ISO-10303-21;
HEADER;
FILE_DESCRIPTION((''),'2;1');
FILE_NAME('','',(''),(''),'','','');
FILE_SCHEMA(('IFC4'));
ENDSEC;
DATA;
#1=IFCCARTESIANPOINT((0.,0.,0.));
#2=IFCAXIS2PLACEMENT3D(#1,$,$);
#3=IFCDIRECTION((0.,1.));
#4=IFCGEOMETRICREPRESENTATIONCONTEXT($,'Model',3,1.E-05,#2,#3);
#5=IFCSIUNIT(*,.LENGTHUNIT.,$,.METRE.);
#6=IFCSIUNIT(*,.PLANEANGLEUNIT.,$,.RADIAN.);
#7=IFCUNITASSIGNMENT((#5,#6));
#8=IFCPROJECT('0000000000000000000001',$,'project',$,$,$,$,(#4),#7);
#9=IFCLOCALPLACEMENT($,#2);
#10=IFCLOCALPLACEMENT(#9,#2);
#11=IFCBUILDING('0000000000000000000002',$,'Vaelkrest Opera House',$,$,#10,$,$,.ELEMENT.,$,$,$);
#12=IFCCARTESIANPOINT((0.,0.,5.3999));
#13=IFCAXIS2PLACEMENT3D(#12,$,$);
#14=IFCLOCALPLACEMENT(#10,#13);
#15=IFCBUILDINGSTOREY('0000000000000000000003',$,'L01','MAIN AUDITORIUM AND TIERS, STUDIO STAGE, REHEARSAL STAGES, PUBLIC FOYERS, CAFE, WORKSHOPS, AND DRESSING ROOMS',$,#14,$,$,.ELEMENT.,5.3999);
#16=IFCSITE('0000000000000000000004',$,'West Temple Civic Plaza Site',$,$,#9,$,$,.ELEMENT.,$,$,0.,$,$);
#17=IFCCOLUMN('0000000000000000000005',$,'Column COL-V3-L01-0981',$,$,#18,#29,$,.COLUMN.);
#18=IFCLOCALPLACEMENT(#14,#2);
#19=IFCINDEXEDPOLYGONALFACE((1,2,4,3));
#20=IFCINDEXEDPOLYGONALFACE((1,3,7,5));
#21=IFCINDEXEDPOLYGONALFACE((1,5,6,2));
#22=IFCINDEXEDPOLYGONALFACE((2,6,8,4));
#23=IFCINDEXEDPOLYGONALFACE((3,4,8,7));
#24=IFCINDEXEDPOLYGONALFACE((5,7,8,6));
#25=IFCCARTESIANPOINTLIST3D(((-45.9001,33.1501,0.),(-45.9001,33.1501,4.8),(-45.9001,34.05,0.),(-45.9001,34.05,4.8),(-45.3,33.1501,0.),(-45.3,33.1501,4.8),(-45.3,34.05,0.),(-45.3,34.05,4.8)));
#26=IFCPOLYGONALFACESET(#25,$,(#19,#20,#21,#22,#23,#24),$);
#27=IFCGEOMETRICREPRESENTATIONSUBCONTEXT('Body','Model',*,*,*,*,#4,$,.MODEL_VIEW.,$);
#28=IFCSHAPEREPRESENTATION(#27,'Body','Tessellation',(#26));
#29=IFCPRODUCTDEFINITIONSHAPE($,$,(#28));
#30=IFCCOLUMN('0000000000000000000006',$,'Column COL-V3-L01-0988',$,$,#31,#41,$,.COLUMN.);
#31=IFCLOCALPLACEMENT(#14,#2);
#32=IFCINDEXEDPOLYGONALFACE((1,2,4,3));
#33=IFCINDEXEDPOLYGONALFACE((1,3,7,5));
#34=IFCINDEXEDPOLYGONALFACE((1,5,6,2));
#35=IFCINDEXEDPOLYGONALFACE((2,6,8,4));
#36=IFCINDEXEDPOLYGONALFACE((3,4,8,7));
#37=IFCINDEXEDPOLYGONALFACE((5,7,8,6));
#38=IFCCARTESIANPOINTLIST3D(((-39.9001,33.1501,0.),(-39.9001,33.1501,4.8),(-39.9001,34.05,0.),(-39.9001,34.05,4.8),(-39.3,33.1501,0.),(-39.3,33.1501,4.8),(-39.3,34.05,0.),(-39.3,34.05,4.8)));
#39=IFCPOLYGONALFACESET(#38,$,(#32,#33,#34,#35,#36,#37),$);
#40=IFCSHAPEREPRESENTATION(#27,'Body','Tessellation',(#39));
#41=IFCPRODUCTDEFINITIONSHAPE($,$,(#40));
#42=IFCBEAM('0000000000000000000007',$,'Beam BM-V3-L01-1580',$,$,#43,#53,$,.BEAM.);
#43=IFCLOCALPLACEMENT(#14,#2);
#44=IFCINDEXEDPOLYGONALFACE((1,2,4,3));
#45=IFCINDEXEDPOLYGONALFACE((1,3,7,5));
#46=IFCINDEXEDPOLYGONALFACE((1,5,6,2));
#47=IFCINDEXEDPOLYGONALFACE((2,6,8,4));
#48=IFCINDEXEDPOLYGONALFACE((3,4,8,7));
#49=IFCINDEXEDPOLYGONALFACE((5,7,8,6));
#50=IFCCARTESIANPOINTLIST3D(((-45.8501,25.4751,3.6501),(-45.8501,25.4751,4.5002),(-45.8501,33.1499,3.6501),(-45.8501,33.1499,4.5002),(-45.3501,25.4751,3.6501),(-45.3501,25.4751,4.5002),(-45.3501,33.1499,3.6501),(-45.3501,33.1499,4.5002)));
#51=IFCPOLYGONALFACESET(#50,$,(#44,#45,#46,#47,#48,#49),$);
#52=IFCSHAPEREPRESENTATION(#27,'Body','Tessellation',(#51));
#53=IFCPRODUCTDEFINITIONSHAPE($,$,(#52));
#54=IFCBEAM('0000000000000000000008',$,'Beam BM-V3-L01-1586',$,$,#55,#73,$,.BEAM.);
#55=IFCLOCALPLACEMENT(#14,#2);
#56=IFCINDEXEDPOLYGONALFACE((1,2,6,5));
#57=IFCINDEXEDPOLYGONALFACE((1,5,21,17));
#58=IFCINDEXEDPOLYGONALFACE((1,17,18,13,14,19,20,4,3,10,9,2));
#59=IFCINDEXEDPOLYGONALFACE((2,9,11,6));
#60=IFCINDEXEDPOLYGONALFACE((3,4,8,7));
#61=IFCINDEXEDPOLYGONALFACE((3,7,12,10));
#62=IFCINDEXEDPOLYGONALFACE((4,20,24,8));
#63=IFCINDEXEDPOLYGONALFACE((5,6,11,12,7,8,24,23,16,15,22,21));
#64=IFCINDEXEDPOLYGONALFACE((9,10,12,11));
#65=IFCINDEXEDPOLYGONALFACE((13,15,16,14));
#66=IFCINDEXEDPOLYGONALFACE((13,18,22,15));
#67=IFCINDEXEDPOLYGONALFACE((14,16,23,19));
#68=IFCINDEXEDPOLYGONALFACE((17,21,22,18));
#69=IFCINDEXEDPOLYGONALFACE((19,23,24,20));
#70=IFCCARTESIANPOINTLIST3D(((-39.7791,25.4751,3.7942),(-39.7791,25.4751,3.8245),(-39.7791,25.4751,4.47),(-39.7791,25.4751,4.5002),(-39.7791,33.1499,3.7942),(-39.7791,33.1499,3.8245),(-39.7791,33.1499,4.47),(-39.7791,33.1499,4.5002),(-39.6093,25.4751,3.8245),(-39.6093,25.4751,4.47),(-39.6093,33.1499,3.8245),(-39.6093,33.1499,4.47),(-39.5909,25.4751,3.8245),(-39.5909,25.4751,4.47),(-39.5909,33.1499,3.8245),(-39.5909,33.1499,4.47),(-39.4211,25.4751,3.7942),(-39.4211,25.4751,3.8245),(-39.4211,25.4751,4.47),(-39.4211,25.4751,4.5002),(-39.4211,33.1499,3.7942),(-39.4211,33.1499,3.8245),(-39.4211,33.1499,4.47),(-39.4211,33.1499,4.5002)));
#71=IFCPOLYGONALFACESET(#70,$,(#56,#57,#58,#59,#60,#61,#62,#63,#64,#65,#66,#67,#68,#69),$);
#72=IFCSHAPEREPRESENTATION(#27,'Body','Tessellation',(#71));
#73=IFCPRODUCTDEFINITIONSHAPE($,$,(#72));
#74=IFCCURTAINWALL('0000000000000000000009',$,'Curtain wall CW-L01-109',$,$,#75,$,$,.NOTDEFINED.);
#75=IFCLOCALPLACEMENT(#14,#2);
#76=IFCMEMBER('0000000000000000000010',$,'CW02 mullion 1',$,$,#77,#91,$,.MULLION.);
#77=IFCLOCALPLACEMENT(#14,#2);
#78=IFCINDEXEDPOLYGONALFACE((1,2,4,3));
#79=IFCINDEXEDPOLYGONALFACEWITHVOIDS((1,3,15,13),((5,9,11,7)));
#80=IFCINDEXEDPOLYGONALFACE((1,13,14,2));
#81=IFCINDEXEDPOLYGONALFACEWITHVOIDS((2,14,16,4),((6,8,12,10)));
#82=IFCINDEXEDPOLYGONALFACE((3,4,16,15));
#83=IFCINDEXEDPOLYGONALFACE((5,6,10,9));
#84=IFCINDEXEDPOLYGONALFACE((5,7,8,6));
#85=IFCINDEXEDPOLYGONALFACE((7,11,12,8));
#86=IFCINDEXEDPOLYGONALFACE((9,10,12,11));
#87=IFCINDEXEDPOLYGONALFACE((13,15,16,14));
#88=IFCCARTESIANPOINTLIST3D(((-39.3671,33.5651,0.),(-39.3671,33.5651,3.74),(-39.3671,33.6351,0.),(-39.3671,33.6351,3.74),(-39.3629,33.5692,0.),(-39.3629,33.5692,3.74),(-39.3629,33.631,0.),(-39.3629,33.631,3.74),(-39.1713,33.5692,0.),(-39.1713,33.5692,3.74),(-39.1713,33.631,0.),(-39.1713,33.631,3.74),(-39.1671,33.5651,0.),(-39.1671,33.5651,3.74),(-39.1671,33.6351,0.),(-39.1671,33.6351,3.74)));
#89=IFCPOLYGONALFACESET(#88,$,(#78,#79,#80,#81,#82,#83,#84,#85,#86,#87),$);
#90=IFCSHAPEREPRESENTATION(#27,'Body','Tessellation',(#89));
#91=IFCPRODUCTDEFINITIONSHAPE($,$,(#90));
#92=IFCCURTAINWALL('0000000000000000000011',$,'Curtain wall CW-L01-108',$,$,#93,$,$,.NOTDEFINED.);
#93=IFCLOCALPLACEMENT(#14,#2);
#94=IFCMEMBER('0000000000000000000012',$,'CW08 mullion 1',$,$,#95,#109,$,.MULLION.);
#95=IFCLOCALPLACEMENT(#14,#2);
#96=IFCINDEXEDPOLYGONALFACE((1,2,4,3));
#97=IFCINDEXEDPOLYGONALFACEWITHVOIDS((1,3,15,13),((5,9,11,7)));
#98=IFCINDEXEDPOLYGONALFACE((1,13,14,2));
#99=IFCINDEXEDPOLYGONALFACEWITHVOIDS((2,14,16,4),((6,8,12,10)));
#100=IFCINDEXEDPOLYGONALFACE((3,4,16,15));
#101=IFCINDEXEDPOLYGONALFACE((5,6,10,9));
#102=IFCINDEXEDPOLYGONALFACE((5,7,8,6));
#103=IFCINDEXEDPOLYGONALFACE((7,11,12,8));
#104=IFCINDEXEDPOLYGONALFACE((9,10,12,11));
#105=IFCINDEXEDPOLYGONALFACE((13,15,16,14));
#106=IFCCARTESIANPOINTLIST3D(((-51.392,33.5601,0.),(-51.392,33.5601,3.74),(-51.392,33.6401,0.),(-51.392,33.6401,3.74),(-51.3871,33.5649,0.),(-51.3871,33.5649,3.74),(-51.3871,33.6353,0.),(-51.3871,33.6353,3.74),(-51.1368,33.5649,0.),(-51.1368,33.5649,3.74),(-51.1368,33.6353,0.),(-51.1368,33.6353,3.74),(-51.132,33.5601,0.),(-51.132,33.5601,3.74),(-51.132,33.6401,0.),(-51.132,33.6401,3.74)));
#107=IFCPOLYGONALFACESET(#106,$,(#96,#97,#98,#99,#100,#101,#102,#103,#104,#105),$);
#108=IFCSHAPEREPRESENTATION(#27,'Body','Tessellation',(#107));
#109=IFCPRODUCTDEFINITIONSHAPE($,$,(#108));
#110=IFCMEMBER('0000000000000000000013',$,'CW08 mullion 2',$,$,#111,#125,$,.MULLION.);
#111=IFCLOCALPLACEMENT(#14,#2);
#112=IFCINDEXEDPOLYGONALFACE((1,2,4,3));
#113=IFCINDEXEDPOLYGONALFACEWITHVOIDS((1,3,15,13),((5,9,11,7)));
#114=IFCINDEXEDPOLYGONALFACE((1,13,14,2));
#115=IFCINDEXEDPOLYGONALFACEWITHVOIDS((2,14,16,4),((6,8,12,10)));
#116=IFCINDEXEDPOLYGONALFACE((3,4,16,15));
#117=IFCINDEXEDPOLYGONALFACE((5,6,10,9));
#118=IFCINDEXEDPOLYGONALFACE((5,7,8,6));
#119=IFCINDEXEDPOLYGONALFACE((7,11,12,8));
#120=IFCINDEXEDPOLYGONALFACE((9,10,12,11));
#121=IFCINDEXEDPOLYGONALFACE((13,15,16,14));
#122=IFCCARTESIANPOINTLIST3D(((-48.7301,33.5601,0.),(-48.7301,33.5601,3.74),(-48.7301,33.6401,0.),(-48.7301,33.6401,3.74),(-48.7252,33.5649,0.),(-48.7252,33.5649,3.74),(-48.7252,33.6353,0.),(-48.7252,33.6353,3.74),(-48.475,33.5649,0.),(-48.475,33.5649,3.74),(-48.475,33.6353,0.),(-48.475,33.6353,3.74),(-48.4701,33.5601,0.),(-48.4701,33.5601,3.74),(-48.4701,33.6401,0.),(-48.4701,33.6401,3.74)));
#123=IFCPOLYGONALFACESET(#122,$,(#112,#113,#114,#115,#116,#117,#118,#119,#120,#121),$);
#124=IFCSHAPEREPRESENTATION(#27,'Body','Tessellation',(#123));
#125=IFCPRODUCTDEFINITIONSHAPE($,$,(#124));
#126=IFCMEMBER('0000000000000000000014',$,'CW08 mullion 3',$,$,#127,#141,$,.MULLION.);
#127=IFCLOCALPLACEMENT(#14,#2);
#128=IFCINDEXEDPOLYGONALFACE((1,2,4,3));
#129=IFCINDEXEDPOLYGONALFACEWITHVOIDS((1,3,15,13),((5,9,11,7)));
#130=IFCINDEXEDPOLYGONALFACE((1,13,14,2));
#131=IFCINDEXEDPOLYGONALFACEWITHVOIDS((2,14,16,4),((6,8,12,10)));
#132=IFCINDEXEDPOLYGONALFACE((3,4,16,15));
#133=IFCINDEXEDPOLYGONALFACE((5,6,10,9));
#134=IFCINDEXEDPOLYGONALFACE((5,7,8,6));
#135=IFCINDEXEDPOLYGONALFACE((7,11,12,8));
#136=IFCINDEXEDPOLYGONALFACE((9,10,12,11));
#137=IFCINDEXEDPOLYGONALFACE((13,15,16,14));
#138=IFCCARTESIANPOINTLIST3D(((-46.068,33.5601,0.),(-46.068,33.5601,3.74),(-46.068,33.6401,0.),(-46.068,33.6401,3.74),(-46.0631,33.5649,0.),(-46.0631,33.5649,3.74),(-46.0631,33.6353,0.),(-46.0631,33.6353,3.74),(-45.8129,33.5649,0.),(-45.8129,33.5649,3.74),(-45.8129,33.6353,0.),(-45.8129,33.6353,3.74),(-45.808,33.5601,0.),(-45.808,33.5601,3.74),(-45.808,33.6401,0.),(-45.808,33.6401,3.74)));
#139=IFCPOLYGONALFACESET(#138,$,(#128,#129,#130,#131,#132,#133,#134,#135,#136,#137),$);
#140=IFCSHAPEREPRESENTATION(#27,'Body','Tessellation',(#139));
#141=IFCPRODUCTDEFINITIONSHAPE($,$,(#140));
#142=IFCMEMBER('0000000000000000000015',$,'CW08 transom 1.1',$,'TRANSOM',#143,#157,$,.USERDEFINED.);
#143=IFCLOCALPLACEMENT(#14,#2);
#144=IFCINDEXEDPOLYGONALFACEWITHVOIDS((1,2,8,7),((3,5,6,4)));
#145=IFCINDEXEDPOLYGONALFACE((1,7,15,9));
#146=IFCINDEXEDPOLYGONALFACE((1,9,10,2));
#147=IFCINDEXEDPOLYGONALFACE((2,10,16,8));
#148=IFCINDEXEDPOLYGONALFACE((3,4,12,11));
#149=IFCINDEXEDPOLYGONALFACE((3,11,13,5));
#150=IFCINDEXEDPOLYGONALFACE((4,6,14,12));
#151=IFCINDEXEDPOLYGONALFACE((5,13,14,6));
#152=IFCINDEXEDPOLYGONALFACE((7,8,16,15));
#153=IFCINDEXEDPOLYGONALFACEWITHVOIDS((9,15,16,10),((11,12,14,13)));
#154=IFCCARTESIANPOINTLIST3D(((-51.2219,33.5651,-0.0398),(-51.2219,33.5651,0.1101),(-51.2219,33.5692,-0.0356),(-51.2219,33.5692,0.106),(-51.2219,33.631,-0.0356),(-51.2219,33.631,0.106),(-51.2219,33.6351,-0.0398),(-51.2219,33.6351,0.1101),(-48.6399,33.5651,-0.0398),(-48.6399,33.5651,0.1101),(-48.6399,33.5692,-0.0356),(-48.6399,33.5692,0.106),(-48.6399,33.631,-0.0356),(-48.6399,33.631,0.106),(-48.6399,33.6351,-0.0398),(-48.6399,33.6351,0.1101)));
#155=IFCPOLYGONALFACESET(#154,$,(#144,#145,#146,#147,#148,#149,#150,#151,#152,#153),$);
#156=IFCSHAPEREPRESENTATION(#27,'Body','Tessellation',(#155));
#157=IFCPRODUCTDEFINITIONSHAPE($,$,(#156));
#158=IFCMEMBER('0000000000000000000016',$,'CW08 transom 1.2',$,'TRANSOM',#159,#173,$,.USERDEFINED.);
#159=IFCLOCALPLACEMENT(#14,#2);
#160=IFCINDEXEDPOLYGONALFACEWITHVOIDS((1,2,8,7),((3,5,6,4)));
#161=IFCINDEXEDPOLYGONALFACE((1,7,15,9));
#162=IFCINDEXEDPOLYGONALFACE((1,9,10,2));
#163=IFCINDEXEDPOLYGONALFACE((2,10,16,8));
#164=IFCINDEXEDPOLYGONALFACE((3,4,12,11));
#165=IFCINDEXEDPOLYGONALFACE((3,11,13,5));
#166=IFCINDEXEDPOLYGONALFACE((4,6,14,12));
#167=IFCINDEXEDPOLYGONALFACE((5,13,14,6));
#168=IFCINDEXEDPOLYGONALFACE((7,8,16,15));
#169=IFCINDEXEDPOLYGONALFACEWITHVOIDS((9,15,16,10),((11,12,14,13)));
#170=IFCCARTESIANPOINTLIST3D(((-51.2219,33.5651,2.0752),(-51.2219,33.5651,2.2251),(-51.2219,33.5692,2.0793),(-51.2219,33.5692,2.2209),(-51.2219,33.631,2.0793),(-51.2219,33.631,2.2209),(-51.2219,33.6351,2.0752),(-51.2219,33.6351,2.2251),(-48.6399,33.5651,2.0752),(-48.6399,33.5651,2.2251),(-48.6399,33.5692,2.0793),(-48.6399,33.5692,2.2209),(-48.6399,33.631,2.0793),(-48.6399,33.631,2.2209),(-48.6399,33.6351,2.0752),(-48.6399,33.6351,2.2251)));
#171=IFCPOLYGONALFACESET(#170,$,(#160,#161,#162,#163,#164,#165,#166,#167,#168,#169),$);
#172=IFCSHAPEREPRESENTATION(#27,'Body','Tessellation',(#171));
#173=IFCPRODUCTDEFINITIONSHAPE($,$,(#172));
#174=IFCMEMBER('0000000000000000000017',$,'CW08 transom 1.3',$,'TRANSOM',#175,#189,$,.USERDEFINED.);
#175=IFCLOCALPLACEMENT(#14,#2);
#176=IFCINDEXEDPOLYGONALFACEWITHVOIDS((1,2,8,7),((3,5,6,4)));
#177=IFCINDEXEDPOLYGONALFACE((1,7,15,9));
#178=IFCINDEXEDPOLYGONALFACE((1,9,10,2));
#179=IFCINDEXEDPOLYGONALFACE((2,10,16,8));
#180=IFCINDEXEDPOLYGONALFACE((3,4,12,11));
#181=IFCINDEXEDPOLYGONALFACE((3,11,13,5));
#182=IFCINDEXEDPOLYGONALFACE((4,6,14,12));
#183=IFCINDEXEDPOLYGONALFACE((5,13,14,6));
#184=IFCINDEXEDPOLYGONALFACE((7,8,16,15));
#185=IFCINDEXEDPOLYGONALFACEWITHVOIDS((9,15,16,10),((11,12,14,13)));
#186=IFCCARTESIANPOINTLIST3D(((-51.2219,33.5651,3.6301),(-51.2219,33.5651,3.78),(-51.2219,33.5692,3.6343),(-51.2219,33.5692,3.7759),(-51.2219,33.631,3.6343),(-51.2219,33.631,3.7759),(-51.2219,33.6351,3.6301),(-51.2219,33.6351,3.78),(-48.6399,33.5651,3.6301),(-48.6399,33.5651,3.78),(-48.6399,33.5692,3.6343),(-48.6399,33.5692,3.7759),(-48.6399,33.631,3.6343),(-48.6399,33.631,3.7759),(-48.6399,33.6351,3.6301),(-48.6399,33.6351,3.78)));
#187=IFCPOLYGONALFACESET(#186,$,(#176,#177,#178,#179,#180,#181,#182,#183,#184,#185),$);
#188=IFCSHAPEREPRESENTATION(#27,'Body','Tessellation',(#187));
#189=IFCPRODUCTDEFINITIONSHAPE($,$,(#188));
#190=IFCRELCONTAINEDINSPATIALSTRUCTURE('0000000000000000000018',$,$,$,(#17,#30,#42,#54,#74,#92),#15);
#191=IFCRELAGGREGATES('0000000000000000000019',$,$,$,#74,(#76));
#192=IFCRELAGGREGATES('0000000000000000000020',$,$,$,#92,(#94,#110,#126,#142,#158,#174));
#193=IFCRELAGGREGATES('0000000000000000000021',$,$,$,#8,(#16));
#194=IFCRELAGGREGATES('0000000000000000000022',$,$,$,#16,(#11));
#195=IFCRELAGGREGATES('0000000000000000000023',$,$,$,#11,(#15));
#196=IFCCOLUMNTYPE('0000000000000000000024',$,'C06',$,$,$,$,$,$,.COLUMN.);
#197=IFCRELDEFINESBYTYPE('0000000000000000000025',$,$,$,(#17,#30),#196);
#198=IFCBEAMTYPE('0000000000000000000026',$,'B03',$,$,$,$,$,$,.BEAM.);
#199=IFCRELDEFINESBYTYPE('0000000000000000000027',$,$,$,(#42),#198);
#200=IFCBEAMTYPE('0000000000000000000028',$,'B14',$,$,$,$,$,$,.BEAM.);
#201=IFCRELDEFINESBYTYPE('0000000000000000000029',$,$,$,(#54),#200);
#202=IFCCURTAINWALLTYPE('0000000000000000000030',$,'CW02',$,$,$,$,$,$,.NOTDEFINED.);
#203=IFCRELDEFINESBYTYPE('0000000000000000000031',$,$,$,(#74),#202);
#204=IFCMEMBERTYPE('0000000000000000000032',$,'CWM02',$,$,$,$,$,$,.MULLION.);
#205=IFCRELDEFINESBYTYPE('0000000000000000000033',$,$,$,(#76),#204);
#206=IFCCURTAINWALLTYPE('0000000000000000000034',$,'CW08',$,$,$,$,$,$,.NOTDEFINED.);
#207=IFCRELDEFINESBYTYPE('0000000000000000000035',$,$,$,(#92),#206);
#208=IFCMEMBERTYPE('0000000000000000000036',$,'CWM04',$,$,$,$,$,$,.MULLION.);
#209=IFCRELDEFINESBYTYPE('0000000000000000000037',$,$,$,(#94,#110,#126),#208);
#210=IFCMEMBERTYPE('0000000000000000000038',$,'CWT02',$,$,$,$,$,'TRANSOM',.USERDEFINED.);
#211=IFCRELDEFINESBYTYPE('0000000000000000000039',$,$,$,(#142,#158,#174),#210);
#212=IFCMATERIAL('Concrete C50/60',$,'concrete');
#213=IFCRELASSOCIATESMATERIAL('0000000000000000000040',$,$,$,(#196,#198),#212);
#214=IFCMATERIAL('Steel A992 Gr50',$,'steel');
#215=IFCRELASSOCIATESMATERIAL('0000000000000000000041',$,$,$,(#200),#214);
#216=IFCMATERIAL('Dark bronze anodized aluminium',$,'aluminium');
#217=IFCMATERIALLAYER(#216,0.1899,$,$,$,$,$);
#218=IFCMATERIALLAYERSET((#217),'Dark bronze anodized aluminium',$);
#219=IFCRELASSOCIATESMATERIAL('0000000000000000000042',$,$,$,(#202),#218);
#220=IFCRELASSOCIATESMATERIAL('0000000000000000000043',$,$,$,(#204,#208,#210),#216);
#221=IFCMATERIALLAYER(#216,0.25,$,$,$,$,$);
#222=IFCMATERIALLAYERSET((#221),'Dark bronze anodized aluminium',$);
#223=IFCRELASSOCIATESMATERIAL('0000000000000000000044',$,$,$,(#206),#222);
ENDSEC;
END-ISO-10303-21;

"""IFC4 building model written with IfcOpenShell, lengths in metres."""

from ifc_helpers import new_model, si_unit, direction, frame, origin, origin_2d, place, context, subcontext, project, spatial, rectangle, hollow_rectangle, i_section, extrude, material, layer, layer_set, material_profile, profile_set, type_object, element, aggregate, save


model = new_model("IFC4")

# Units and contexts
model_context = context("Model", 3, precision=1e-05, world=origin(), true_north=direction((0.0, 1.0)))
body_context = subcontext(model_context, "Body", "Model", "MODEL_VIEW")
ifc_project = project(units=[si_unit("LENGTHUNIT", "METRE"), si_unit("PLANEANGLEUNIT", "RADIAN")], contexts=[model_context])

# Site, building, storey
site_placement = place(None, origin())
site = spatial("IfcSite", under=ifc_project, at=site_placement, Name="West Temple Civic Plaza Site", CompositionType="ELEMENT", RefElevation=0.0)
building_placement = place(site_placement, origin())
building = spatial("IfcBuilding", under=site, at=building_placement, Name="Vaelkrest Opera House", CompositionType="ELEMENT")
storey_placement = place(building_placement, frame((0.0, 0.0, 5.3999)))
storey = spatial("IfcBuildingStorey", under=building, at=storey_placement, Name="L01", Description="MAIN AUDITORIUM AND TIERS, STUDIO STAGE, REHEARSAL STAGES, PUBLIC FOYERS, CAFE, WORKSHOPS, AND DRESSING ROOMS", CompositionType="ELEMENT", Elevation=5.3999)

# Columns
ifc_material_1 = material(Name="Concrete C50/60", Category="concrete")
ifc_material_profile_1 = material_profile(ifc_material_1, rectangle(XDim=0.6001, YDim=0.8999, at=origin_2d()), Name="RC600X900")
ifc_profile_set_1 = profile_set([ifc_material_profile_1], Name="Concrete C50/60")
column_type = type_object("IfcColumnType", Name="C06", PredefinedType="COLUMN", material=ifc_profile_set_1)
for number, where, z_axis, x_axis, name in (
    (1, (-45.6001, 33.6001, 0.0), (0.0, 0.0, 1.0), (1.0, 0.0, 0.0), "Column COL-V3-L01-0981"),
    (2, (-39.6001, 33.6001, 0.0), (0.0, 0.0, 1.0), (1.0, 0.0, 0.0), "Column COL-V3-L01-0988"),
):
    element("IfcColumn", number, at=place(storey_placement, frame(where, z_axis=z_axis, x_axis=x_axis)), inside=storey, type_object=column_type, Name=name, PredefinedType="COLUMN", context=body_context, shape_type="SweptSolid", body=[
        extrude(rectangle(XDim=0.6001, YDim=0.8999, at=origin_2d()), origin(), (0.0, 0.0, 1.0), 4.8),
    ])

# Beams
ifc_material_profile_2 = material_profile(ifc_material_1, rectangle(XDim=0.5, YDim=0.8501, at=origin_2d()), Name="RCB500X850")
ifc_profile_set_2 = profile_set([ifc_material_profile_2], Name="Concrete C50/60")
beam_type_1 = type_object("IfcBeamType", Name="B03", PredefinedType="BEAM", material=ifc_profile_set_2)
beam_1_placement = place(storey_placement, frame((-45.6001, 25.4751, 4.0752), z_axis=(0.0, 1.0, 0.0), x_axis=(-1.0, 0.0, 0.0)))
element("IfcBeam", 3, at=beam_1_placement, inside=storey, type_object=beam_type_1, Name="Beam BM-V3-L01-1580", PredefinedType="BEAM", context=body_context, shape_type="SweptSolid", body=[
    extrude(rectangle(XDim=0.5, YDim=0.8501, at=origin_2d()), origin(), (0.0, 0.0, 1.0), 7.6748),
])
ifc_material_2 = material(Name="Steel A992 Gr50", Category="steel")
ifc_material_profile_3 = material_profile(ifc_material_2, i_section(OverallWidth=0.3579, OverallDepth=0.7061, WebThickness=0.0183, FlangeThickness=0.0303, at=origin_2d()), Name="W27X178")
ifc_profile_set_3 = profile_set([ifc_material_profile_3], Name="Steel A992 Gr50")
beam_type_2 = type_object("IfcBeamType", Name="B14", PredefinedType="BEAM", material=ifc_profile_set_3)
beam_2_placement = place(storey_placement, frame((-39.6001, 25.4751, 4.1472), z_axis=(0.0, 1.0, 0.0), x_axis=(-1.0, 0.0, 0.0)))
element("IfcBeam", 4, at=beam_2_placement, inside=storey, type_object=beam_type_2, Name="Beam BM-V3-L01-1586", PredefinedType="BEAM", context=body_context, shape_type="SweptSolid", body=[
    extrude(i_section(OverallWidth=0.3579, OverallDepth=0.7061, WebThickness=0.0183, FlangeThickness=0.0303, at=origin_2d()), origin(), (0.0, 0.0, 1.0), 7.6748),
])

# Curtain wall, member
ifc_material_3 = material(Name="Dark bronze anodized aluminium", Category="aluminium")
ifc_layer_1 = layer(ifc_material_3, 0.1899)
ifc_layer_set_1 = layer_set([ifc_layer_1], Name="Dark bronze anodized aluminium")
curtain_wall_type_1 = type_object("IfcCurtainWallType", Name="CW02", PredefinedType="NOTDEFINED", material=ifc_layer_set_1)
curtain_wall_1_placement = place(storey_placement, origin())
curtain_wall_1 = element("IfcCurtainWall", 5, at=curtain_wall_1_placement, inside=storey, type_object=curtain_wall_type_1, Name="Curtain wall CW-L01-109", PredefinedType="NOTDEFINED")
ifc_material_profile_4 = material_profile(ifc_material_3, hollow_rectangle(XDim=0.0701, YDim=0.2, WallThickness=0.0042, at=origin_2d()), Name="CWM70X200")
ifc_profile_set_4 = profile_set([ifc_material_profile_4], Name="Dark bronze anodized aluminium")
member_type_1 = type_object("IfcMemberType", Name="CWM02", PredefinedType="MULLION", material=ifc_profile_set_4)
member_1_placement = place(storey_placement, frame((-39.2671, 33.6001, 0.0), z_axis=(0.0, 0.0, 1.0), x_axis=(0.0, 1.0, 0.0)))
member_1 = element("IfcMember", 6, at=member_1_placement, type_object=member_type_1, Name="CW02 mullion 1", PredefinedType="MULLION", context=body_context, shape_type="SweptSolid", body=[
    extrude(hollow_rectangle(XDim=0.0701, YDim=0.2, WallThickness=0.0042, at=origin_2d()), origin(), (0.0, 0.0, 1.0), 3.74),
])

# Curtain wall, members
ifc_layer_2 = layer(ifc_material_3, 0.25)
ifc_layer_set_2 = layer_set([ifc_layer_2], Name="Dark bronze anodized aluminium")
curtain_wall_type_2 = type_object("IfcCurtainWallType", Name="CW08", PredefinedType="NOTDEFINED", material=ifc_layer_set_2)
curtain_wall_2_placement = place(storey_placement, origin())
curtain_wall_2 = element("IfcCurtainWall", 7, at=curtain_wall_2_placement, inside=storey, type_object=curtain_wall_type_2, Name="Curtain wall CW-L01-108", PredefinedType="NOTDEFINED")
ifc_material_profile_5 = material_profile(ifc_material_3, hollow_rectangle(XDim=0.0801, YDim=0.26, WallThickness=0.0049, at=origin_2d()), Name="CWM80X260")
ifc_profile_set_5 = profile_set([ifc_material_profile_5], Name="Dark bronze anodized aluminium")
member_type_2 = type_object("IfcMemberType", Name="CWM04", PredefinedType="MULLION", material=ifc_profile_set_5)
member_2_placement = place(storey_placement, frame((-51.262, 33.6001, 0.0), z_axis=(0.0, 0.0, 1.0), x_axis=(0.0, 1.0, 0.0)))
member_2 = element("IfcMember", 8, at=member_2_placement, type_object=member_type_2, Name="CW08 mullion 1", PredefinedType="MULLION", context=body_context, shape_type="SweptSolid", body=[
    extrude(hollow_rectangle(XDim=0.0801, YDim=0.26, WallThickness=0.0049, at=origin_2d()), origin(), (0.0, 0.0, 1.0), 3.74),
])
member_3_placement = place(storey_placement, frame((-48.6001, 33.6001, 0.0), z_axis=(0.0, 0.0, 1.0), x_axis=(0.0, 1.0, 0.0)))
member_3 = element("IfcMember", 9, at=member_3_placement, type_object=member_type_2, Name="CW08 mullion 2", PredefinedType="MULLION", context=body_context, shape_type="SweptSolid", body=[
    extrude(hollow_rectangle(XDim=0.0801, YDim=0.26, WallThickness=0.0049, at=origin_2d()), origin(), (0.0, 0.0, 1.0), 3.74),
])
member_4_placement = place(storey_placement, frame((-45.938, 33.6001, 0.0), z_axis=(0.0, 0.0, 1.0), x_axis=(0.0, 1.0, 0.0)))
member_4 = element("IfcMember", 10, at=member_4_placement, type_object=member_type_2, Name="CW08 mullion 3", PredefinedType="MULLION", context=body_context, shape_type="SweptSolid", body=[
    extrude(hollow_rectangle(XDim=0.0801, YDim=0.26, WallThickness=0.0049, at=origin_2d()), origin(), (0.0, 0.0, 1.0), 3.74),
])
ifc_material_profile_6 = material_profile(ifc_material_3, hollow_rectangle(XDim=0.0701, YDim=0.1499, WallThickness=0.0042, at=origin_2d()), Name="CWT70X150")
ifc_profile_set_6 = profile_set([ifc_material_profile_6], Name="Dark bronze anodized aluminium")
member_type_3 = type_object("IfcMemberType", Name="CWT02", ElementType="TRANSOM", PredefinedType="USERDEFINED", material=ifc_profile_set_6)
member_5_placement = place(storey_placement, frame((-51.2219, 33.6001, 0.0352), z_axis=(1.0, 0.0, 0.0), x_axis=(0.0, 1.0, 0.0)))
member_5 = element("IfcMember", 11, at=member_5_placement, type_object=member_type_3, Name="CW08 transom 1.1", ObjectType="TRANSOM", PredefinedType="USERDEFINED", context=body_context, shape_type="SweptSolid", body=[
    extrude(hollow_rectangle(XDim=0.0701, YDim=0.1499, WallThickness=0.0042, at=origin_2d()), origin(), (0.0, 0.0, 1.0), 2.582),
])
member_6_placement = place(storey_placement, frame((-51.2219, 33.6001, 2.1501), z_axis=(1.0, 0.0, 0.0), x_axis=(0.0, 1.0, 0.0)))
member_6 = element("IfcMember", 12, at=member_6_placement, type_object=member_type_3, Name="CW08 transom 1.2", ObjectType="TRANSOM", PredefinedType="USERDEFINED", context=body_context, shape_type="SweptSolid", body=[
    extrude(hollow_rectangle(XDim=0.0701, YDim=0.1499, WallThickness=0.0042, at=origin_2d()), origin(), (0.0, 0.0, 1.0), 2.582),
])
member_7_placement = place(storey_placement, frame((-51.2219, 33.6001, 3.7051), z_axis=(1.0, 0.0, 0.0), x_axis=(0.0, 1.0, 0.0)))
member_7 = element("IfcMember", 13, at=member_7_placement, type_object=member_type_3, Name="CW08 transom 1.3", ObjectType="TRANSOM", PredefinedType="USERDEFINED", context=body_context, shape_type="SweptSolid", body=[
    extrude(hollow_rectangle(XDim=0.0701, YDim=0.1499, WallThickness=0.0042, at=origin_2d()), origin(), (0.0, 0.0, 1.0), 2.582),
])

aggregate(curtain_wall_1, [member_1])
aggregate(curtain_wall_2, [member_2, member_3, member_4, member_5, member_6, member_7])

save(model, "model.ifc")
